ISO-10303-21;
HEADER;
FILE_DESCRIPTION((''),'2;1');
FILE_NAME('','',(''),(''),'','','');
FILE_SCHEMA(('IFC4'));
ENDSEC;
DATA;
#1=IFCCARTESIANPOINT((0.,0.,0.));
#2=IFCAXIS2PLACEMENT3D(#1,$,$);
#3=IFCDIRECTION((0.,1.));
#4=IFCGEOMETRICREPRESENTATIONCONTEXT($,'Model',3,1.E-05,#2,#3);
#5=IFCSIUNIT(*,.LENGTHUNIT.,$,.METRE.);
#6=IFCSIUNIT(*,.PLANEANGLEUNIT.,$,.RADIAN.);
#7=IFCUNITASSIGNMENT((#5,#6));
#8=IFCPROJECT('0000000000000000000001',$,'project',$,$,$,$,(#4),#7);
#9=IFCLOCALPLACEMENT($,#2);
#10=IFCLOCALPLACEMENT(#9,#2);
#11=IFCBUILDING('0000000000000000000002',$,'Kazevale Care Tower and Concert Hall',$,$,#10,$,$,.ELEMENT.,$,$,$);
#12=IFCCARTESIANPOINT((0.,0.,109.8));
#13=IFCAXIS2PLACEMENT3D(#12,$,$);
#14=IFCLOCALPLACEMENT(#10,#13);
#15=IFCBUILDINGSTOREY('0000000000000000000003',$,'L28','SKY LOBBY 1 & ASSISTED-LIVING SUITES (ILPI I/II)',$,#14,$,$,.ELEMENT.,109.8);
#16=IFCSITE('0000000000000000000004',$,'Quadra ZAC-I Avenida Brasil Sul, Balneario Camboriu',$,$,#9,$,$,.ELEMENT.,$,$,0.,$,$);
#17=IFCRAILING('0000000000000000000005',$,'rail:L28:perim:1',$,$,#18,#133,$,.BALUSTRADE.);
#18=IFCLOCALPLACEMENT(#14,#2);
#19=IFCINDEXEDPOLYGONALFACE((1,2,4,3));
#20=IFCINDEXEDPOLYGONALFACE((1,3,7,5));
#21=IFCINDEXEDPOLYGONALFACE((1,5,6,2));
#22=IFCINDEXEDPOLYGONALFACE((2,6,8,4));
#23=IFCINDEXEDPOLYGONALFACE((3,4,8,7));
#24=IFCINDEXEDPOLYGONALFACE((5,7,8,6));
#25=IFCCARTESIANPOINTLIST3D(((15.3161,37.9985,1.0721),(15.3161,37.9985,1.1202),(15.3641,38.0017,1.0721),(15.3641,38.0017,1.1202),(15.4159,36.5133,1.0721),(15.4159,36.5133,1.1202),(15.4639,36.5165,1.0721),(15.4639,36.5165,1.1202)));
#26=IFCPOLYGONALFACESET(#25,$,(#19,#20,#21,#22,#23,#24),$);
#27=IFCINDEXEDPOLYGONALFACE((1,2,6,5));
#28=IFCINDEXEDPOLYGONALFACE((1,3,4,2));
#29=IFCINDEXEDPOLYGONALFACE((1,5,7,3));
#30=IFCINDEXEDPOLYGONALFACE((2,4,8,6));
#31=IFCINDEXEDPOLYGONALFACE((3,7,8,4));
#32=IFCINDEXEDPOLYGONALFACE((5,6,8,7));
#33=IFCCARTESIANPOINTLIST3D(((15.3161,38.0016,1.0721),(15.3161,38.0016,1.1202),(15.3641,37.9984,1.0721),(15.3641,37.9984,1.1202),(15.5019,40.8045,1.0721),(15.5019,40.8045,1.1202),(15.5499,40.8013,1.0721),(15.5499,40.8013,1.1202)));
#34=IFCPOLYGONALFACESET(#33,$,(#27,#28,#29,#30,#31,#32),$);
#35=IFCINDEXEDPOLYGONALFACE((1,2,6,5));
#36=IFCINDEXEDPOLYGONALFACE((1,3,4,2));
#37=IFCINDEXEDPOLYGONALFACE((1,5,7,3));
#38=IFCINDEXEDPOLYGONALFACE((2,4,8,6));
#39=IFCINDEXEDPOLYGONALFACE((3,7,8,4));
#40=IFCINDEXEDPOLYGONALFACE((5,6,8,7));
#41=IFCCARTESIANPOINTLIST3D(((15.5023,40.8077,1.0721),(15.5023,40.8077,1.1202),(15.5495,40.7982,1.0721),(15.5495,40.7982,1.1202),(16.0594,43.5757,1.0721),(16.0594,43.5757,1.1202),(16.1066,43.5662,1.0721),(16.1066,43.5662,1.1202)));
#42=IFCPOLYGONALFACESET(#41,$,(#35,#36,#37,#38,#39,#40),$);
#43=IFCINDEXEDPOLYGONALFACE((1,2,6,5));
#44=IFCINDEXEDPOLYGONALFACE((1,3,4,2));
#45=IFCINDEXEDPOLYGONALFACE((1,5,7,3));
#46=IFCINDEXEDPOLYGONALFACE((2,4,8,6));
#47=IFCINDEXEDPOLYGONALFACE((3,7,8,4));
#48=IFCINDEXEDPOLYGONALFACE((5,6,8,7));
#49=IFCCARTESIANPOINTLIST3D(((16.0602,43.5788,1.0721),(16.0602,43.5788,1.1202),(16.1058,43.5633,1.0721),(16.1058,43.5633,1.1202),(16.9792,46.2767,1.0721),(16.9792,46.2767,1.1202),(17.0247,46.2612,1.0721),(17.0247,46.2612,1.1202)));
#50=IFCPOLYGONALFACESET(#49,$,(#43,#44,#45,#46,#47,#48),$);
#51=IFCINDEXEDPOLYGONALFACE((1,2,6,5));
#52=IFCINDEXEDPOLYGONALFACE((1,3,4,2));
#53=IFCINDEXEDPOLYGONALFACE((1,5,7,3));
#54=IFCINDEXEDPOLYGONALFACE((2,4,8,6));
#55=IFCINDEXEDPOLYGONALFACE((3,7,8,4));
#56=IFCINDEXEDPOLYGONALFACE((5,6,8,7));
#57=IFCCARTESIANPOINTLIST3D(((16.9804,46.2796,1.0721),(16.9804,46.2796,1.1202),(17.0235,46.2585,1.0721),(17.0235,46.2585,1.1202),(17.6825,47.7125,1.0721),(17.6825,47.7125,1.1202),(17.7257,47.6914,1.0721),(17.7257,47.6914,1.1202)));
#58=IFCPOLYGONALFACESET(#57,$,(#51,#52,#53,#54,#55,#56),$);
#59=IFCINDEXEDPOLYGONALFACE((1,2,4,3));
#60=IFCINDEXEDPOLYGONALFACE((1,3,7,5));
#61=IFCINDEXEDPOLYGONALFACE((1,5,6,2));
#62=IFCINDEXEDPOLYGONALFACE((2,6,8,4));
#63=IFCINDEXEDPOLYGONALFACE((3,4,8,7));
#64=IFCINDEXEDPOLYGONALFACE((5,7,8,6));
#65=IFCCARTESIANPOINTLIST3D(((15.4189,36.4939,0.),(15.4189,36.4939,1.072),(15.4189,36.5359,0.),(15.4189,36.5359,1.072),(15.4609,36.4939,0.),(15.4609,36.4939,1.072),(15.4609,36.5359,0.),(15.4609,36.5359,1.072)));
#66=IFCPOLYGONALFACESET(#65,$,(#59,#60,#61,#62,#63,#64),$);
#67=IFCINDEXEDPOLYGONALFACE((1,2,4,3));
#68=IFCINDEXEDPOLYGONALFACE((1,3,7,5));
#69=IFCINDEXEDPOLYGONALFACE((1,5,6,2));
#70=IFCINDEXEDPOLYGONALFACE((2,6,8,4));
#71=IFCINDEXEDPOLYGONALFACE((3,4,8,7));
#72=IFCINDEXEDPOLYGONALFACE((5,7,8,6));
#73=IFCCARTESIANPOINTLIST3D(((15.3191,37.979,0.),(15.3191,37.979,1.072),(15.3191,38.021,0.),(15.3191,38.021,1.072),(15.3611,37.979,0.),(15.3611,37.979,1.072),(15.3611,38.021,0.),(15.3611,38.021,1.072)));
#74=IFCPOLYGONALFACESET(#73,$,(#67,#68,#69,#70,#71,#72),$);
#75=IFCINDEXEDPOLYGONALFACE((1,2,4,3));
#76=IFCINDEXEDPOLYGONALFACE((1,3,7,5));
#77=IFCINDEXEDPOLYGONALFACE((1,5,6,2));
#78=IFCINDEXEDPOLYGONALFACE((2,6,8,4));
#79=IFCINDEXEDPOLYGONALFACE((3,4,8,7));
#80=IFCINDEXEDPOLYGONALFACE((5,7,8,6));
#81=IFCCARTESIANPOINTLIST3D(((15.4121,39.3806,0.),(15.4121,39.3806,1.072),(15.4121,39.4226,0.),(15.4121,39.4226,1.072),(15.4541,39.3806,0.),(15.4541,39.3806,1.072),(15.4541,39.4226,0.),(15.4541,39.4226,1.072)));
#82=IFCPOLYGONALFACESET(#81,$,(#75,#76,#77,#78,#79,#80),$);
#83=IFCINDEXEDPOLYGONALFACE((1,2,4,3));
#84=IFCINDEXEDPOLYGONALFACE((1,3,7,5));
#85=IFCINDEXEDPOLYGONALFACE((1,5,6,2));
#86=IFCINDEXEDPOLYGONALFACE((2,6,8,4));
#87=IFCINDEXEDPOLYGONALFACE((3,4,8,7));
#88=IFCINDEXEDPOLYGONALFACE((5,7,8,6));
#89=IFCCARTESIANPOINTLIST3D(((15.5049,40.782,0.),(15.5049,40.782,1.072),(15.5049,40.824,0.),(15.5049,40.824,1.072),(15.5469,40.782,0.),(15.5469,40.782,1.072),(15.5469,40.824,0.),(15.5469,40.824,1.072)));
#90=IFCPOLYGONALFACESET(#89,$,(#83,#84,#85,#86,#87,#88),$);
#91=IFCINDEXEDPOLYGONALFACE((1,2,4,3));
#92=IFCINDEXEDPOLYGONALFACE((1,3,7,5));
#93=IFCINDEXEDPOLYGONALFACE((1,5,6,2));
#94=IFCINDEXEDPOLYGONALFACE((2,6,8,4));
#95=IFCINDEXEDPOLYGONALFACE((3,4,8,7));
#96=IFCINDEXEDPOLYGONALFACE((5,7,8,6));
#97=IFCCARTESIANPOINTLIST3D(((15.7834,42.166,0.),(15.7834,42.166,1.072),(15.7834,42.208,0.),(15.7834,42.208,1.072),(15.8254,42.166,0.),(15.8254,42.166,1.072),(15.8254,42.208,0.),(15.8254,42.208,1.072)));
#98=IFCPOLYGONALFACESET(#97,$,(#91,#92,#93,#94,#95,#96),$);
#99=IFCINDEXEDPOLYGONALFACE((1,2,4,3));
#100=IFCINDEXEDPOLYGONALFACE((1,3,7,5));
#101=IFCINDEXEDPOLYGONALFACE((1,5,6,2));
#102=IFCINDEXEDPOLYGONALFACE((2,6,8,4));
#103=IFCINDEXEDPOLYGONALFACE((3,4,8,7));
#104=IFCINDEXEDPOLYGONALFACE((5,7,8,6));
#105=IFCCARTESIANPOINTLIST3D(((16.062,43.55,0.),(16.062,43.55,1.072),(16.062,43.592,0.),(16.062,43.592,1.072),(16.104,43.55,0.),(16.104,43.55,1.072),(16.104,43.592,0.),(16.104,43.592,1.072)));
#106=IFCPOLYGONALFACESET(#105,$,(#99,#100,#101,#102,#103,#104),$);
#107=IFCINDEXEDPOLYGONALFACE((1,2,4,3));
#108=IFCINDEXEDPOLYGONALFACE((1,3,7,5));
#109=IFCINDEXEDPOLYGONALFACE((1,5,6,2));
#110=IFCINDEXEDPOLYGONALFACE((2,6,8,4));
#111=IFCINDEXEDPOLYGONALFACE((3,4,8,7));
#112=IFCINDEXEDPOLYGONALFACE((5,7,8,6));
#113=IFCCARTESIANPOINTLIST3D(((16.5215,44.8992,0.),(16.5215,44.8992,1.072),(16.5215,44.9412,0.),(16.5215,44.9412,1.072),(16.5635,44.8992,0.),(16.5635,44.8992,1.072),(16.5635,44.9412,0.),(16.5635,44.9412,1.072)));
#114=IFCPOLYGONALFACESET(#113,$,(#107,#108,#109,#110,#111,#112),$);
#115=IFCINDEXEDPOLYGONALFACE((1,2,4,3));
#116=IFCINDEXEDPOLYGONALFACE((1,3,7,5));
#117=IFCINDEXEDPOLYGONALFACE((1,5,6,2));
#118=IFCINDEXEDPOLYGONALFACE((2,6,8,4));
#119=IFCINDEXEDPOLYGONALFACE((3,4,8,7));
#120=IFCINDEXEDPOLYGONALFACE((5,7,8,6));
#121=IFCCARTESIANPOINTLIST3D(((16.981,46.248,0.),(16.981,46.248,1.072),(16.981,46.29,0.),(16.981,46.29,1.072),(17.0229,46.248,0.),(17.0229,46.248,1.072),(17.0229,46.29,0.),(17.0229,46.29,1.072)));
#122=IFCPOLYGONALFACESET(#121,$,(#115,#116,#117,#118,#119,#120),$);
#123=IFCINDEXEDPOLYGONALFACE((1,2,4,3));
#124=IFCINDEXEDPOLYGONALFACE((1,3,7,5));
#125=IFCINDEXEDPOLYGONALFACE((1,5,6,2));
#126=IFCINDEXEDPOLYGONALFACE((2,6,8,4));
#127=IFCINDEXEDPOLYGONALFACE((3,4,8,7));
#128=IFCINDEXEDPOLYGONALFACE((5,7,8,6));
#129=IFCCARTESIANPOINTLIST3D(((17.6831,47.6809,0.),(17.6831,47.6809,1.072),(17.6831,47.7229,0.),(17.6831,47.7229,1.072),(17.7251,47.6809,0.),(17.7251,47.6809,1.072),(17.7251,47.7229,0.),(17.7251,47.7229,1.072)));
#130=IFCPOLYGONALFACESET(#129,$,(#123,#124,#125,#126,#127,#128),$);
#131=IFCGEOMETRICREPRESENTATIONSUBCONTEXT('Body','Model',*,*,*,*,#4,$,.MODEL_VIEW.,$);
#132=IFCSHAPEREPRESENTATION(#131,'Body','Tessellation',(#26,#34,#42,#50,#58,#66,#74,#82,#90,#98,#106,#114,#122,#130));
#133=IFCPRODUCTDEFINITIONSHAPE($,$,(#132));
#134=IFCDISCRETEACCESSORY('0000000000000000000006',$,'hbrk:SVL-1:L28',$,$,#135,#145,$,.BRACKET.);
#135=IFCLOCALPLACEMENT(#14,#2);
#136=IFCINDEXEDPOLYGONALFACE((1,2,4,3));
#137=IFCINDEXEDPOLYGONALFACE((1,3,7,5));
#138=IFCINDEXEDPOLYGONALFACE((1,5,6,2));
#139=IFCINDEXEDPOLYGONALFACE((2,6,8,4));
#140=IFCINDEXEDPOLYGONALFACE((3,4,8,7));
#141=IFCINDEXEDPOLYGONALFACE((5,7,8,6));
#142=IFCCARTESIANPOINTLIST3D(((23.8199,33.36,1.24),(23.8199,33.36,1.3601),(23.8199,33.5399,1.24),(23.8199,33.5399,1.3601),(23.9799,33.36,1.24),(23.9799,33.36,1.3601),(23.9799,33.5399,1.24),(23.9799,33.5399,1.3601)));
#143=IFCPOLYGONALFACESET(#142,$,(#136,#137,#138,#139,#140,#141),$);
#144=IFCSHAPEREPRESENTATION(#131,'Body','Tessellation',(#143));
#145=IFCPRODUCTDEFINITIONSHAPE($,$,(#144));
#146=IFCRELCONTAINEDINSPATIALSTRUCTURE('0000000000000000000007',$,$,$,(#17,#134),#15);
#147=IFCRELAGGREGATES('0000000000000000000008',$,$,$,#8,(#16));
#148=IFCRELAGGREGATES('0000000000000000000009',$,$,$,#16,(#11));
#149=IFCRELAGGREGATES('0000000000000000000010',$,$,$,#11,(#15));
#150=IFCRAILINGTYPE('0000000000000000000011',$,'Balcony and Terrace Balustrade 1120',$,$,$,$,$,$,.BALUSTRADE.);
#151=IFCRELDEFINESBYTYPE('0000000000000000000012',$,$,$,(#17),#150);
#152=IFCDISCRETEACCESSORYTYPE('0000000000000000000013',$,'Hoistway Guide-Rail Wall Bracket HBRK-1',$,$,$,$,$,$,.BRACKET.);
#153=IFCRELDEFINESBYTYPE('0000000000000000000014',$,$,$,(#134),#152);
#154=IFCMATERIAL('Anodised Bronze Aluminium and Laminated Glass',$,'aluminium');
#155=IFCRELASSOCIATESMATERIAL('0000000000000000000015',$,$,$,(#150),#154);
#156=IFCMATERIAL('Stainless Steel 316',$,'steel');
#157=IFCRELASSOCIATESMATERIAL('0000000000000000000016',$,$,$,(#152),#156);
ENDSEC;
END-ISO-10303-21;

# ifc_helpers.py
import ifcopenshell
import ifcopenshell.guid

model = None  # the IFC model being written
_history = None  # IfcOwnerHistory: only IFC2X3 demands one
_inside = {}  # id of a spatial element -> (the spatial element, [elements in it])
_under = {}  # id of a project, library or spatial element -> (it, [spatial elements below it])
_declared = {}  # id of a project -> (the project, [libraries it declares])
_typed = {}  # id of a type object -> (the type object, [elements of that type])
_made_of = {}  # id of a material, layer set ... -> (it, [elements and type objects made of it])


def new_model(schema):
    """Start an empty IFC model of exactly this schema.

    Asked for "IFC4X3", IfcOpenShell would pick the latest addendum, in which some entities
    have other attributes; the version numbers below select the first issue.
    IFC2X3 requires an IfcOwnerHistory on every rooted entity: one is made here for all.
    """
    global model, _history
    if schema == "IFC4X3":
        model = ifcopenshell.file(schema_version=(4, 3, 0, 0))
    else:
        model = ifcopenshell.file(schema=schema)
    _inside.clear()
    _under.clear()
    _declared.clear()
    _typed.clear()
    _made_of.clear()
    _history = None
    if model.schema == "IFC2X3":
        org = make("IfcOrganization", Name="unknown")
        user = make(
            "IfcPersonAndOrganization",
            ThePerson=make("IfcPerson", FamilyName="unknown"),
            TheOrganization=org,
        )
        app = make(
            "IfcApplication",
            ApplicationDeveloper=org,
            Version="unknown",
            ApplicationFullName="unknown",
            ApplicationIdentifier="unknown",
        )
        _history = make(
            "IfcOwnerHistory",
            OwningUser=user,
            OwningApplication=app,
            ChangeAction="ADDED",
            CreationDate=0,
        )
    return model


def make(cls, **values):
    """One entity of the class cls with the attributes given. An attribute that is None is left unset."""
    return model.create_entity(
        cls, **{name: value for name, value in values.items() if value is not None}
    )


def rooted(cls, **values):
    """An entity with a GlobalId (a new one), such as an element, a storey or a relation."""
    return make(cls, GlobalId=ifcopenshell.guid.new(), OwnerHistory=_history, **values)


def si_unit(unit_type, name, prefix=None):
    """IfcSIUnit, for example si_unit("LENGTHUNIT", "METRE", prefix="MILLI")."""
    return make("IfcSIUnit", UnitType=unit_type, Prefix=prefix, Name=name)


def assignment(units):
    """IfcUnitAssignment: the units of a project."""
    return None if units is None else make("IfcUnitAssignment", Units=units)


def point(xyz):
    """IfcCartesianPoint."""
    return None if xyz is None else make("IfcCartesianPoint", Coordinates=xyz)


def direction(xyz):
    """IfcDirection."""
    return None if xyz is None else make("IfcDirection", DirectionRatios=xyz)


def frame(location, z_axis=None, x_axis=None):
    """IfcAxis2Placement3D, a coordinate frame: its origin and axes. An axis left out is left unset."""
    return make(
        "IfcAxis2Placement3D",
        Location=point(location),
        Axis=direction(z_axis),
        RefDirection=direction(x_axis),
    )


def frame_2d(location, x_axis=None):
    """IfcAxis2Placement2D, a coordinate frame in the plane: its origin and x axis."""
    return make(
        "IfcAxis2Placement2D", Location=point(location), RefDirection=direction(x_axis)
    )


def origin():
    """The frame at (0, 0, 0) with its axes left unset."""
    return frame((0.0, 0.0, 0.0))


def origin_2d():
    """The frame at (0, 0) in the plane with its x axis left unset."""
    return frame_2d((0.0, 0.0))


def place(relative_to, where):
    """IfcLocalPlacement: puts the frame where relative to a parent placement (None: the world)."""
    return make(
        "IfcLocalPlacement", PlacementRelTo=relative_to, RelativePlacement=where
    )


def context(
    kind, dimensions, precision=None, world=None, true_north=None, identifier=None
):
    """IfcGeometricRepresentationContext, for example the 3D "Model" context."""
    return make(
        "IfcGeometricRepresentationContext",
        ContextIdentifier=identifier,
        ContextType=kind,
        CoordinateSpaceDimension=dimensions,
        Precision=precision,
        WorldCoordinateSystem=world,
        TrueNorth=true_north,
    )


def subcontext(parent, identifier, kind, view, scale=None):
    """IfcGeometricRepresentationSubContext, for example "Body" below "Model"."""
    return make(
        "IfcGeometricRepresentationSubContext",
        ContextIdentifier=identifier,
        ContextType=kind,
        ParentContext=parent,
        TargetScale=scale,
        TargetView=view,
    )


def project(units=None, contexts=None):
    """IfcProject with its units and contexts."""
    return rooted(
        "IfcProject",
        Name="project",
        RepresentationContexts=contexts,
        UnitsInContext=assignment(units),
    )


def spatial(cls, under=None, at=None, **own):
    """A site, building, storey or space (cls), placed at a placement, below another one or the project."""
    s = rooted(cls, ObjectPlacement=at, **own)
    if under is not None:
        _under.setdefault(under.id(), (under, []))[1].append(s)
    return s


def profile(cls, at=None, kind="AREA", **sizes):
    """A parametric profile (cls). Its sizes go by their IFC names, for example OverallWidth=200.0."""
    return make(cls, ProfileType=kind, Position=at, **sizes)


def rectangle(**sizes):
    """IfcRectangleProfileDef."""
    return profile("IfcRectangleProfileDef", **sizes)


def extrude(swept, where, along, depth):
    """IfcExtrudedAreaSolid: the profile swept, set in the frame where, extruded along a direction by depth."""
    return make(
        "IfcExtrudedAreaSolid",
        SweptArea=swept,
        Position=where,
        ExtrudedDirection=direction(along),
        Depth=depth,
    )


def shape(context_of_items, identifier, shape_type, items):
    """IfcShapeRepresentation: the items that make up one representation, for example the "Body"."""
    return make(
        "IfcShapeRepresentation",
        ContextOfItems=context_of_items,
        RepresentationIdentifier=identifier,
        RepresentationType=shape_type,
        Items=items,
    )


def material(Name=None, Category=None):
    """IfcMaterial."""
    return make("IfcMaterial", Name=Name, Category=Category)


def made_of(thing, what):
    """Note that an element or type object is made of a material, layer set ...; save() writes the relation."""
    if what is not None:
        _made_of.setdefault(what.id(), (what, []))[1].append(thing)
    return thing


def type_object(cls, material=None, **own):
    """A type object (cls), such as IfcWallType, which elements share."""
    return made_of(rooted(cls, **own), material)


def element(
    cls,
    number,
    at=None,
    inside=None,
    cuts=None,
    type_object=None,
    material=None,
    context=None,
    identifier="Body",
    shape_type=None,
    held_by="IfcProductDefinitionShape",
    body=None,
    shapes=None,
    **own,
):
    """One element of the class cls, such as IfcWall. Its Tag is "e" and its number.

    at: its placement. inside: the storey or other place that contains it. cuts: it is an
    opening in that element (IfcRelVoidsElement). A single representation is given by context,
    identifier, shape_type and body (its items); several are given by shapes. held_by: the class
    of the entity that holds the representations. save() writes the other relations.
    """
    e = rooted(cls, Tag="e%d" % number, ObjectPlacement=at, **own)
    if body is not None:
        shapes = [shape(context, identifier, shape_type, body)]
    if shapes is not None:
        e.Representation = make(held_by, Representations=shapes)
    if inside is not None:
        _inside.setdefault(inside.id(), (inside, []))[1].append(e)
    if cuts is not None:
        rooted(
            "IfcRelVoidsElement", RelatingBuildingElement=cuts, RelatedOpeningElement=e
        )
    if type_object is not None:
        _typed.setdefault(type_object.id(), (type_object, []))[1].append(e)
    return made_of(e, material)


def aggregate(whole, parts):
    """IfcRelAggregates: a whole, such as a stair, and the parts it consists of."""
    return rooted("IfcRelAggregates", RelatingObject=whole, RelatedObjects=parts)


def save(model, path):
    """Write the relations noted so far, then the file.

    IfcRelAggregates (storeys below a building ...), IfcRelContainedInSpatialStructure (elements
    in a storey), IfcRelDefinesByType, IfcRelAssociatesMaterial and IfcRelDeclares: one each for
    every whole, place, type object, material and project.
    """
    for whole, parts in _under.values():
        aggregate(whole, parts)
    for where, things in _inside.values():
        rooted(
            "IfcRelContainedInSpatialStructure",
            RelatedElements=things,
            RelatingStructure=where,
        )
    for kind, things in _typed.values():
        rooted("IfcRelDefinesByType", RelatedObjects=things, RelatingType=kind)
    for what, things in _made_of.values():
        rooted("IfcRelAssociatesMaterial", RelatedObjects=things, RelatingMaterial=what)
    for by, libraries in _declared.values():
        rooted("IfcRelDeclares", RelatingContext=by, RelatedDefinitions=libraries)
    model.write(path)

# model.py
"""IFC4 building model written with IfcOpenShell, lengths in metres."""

from ifc_helpers import new_model, si_unit, direction, frame, origin, origin_2d, place, context, subcontext, project, spatial, rectangle, extrude, material, type_object, element, save


model = new_model("IFC4")

# Units and contexts
model_context = context("Model", 3, precision=1e-05, world=origin(), true_north=direction((0.0, 1.0)))
body_context = subcontext(model_context, "Body", "Model", "MODEL_VIEW")
ifc_project = project(units=[si_unit("LENGTHUNIT", "METRE"), si_unit("PLANEANGLEUNIT", "RADIAN")], contexts=[model_context])

# Site, building, storey
site_placement = place(None, origin())
site = spatial("IfcSite", under=ifc_project, at=site_placement, Name="Quadra ZAC-I Avenida Brasil Sul, Balneario Camboriu", CompositionType="ELEMENT", RefElevation=0.0)
building_placement = place(site_placement, origin())
building = spatial("IfcBuilding", under=site, at=building_placement, Name="Kazevale Care Tower and Concert Hall", CompositionType="ELEMENT")
storey_placement = place(building_placement, frame((0.0, 0.0, 109.8)))
storey = spatial("IfcBuildingStorey", under=building, at=storey_placement, Name="L28", Description="SKY LOBBY 1 & ASSISTED-LIVING SUITES (ILPI I/II)", CompositionType="ELEMENT", Elevation=109.8)

# Shared definitions
ifc_material_1 = material(Name="Stainless Steel 316", Category="steel")

# Railing
ifc_material_2 = material(Name="Anodised Bronze Aluminium and Laminated Glass", Category="aluminium")
railing_type = type_object("IfcRailingType", Name="Balcony and Terrace Balustrade 1120", PredefinedType="BALUSTRADE", material=ifc_material_2)
railing_placement = place(storey_placement, frame((15.4399, 36.5149, 0.0)))
element("IfcRailing", 1, at=railing_placement, inside=storey, type_object=railing_type, Name="rail:L28:perim:1", PredefinedType="BALUSTRADE", context=body_context, shape_type="SweptSolid", body=[
    extrude(rectangle(XDim=0.0481, YDim=0.0481, at=origin_2d()), frame((0.0, 0.0, 1.0962), z_axis=(-0.067085, 0.997747, 0.0), x_axis=(-0.997747, -0.067085, 0.0)), (0.0, 0.0, 1.0), 1.4885),
    extrude(rectangle(XDim=0.0481, YDim=0.0481, at=origin_2d()), frame((-0.0999, 1.4851, 1.0962), z_axis=(0.066138, 0.99781, 0.0), x_axis=(-0.99781, 0.066138, 0.0)), (0.0, 0.0, 1.0), 2.8091),
    extrude(rectangle(XDim=0.0481, YDim=0.0481, at=origin_2d()), frame((0.0859, 4.2881, 1.0962), z_axis=(0.197313, 0.980341, 0.0), x_axis=(-0.980341, 0.197313, 0.0)), (0.0, 0.0, 1.0), 2.8235),
    extrude(rectangle(XDim=0.0481, YDim=0.0481, at=origin_2d()), frame((0.6431, 7.0562, 1.0962), z_axis=(0.322414, 0.946599, 0.0), x_axis=(-0.946599, 0.322414, 0.0)), (0.0, 0.0, 1.0), 2.8501),
    extrude(rectangle(XDim=0.0481, YDim=0.0481, at=origin_2d()), frame((1.562, 9.7542, 1.0962), z_axis=(0.440039, 0.897979, 0.0), x_axis=(-0.897979, 0.440039, 0.0)), (0.0, 0.0, 1.0), 1.5957),
    extrude(rectangle(XDim=0.042, YDim=0.042, at=origin_2d()), origin(), (0.0, 0.0, 1.0), 1.072),
    extrude(rectangle(XDim=0.042, YDim=0.042, at=origin_2d()), frame((-0.0999, 1.4851, 0.0)), (0.0, 0.0, 1.0), 1.072),
    extrude(rectangle(XDim=0.042, YDim=0.042, at=origin_2d()), frame((-0.0068, 2.8867, 0.0)), (0.0, 0.0, 1.0), 1.072),
    extrude(rectangle(XDim=0.042, YDim=0.042, at=origin_2d()), frame((0.0859, 4.2881, 0.0)), (0.0, 0.0, 1.0), 1.072),
    extrude(rectangle(XDim=0.042, YDim=0.042, at=origin_2d()), frame((0.3645, 5.6721, 0.0)), (0.0, 0.0, 1.0), 1.072),
    extrude(rectangle(XDim=0.042, YDim=0.042, at=origin_2d()), frame((0.6431, 7.0562, 0.0)), (0.0, 0.0, 1.0), 1.072),
    extrude(rectangle(XDim=0.042, YDim=0.042, at=origin_2d()), frame((1.1025, 8.4053, 0.0)), (0.0, 0.0, 1.0), 1.072),
    extrude(rectangle(XDim=0.042, YDim=0.042, at=origin_2d()), frame((1.562, 9.7542, 0.0)), (0.0, 0.0, 1.0), 1.072),
    extrude(rectangle(XDim=0.042, YDim=0.042, at=origin_2d()), frame((2.2642, 11.187, 0.0)), (0.0, 0.0, 1.0), 1.072),
])

# Discrete accessory
discrete_accessory_type = type_object("IfcDiscreteAccessoryType", Name="Hoistway Guide-Rail Wall Bracket HBRK-1", PredefinedType="BRACKET", material=ifc_material_1)
discrete_accessory_placement = place(storey_placement, frame((23.8999, 33.45, 1.24), z_axis=(0.0, 0.0, 1.0), x_axis=(1.0, 0.0, 0.0)))
element("IfcDiscreteAccessory", 2, at=discrete_accessory_placement, inside=storey, type_object=discrete_accessory_type, Name="hbrk:SVL-1:L28", PredefinedType="BRACKET", context=body_context, shape_type="SweptSolid", body=[
    extrude(rectangle(XDim=0.1599, YDim=0.1799, at=origin_2d()), origin(), (0.0, 0.0, 1.0), 0.1201),
])

save(model, "model.ifc")
